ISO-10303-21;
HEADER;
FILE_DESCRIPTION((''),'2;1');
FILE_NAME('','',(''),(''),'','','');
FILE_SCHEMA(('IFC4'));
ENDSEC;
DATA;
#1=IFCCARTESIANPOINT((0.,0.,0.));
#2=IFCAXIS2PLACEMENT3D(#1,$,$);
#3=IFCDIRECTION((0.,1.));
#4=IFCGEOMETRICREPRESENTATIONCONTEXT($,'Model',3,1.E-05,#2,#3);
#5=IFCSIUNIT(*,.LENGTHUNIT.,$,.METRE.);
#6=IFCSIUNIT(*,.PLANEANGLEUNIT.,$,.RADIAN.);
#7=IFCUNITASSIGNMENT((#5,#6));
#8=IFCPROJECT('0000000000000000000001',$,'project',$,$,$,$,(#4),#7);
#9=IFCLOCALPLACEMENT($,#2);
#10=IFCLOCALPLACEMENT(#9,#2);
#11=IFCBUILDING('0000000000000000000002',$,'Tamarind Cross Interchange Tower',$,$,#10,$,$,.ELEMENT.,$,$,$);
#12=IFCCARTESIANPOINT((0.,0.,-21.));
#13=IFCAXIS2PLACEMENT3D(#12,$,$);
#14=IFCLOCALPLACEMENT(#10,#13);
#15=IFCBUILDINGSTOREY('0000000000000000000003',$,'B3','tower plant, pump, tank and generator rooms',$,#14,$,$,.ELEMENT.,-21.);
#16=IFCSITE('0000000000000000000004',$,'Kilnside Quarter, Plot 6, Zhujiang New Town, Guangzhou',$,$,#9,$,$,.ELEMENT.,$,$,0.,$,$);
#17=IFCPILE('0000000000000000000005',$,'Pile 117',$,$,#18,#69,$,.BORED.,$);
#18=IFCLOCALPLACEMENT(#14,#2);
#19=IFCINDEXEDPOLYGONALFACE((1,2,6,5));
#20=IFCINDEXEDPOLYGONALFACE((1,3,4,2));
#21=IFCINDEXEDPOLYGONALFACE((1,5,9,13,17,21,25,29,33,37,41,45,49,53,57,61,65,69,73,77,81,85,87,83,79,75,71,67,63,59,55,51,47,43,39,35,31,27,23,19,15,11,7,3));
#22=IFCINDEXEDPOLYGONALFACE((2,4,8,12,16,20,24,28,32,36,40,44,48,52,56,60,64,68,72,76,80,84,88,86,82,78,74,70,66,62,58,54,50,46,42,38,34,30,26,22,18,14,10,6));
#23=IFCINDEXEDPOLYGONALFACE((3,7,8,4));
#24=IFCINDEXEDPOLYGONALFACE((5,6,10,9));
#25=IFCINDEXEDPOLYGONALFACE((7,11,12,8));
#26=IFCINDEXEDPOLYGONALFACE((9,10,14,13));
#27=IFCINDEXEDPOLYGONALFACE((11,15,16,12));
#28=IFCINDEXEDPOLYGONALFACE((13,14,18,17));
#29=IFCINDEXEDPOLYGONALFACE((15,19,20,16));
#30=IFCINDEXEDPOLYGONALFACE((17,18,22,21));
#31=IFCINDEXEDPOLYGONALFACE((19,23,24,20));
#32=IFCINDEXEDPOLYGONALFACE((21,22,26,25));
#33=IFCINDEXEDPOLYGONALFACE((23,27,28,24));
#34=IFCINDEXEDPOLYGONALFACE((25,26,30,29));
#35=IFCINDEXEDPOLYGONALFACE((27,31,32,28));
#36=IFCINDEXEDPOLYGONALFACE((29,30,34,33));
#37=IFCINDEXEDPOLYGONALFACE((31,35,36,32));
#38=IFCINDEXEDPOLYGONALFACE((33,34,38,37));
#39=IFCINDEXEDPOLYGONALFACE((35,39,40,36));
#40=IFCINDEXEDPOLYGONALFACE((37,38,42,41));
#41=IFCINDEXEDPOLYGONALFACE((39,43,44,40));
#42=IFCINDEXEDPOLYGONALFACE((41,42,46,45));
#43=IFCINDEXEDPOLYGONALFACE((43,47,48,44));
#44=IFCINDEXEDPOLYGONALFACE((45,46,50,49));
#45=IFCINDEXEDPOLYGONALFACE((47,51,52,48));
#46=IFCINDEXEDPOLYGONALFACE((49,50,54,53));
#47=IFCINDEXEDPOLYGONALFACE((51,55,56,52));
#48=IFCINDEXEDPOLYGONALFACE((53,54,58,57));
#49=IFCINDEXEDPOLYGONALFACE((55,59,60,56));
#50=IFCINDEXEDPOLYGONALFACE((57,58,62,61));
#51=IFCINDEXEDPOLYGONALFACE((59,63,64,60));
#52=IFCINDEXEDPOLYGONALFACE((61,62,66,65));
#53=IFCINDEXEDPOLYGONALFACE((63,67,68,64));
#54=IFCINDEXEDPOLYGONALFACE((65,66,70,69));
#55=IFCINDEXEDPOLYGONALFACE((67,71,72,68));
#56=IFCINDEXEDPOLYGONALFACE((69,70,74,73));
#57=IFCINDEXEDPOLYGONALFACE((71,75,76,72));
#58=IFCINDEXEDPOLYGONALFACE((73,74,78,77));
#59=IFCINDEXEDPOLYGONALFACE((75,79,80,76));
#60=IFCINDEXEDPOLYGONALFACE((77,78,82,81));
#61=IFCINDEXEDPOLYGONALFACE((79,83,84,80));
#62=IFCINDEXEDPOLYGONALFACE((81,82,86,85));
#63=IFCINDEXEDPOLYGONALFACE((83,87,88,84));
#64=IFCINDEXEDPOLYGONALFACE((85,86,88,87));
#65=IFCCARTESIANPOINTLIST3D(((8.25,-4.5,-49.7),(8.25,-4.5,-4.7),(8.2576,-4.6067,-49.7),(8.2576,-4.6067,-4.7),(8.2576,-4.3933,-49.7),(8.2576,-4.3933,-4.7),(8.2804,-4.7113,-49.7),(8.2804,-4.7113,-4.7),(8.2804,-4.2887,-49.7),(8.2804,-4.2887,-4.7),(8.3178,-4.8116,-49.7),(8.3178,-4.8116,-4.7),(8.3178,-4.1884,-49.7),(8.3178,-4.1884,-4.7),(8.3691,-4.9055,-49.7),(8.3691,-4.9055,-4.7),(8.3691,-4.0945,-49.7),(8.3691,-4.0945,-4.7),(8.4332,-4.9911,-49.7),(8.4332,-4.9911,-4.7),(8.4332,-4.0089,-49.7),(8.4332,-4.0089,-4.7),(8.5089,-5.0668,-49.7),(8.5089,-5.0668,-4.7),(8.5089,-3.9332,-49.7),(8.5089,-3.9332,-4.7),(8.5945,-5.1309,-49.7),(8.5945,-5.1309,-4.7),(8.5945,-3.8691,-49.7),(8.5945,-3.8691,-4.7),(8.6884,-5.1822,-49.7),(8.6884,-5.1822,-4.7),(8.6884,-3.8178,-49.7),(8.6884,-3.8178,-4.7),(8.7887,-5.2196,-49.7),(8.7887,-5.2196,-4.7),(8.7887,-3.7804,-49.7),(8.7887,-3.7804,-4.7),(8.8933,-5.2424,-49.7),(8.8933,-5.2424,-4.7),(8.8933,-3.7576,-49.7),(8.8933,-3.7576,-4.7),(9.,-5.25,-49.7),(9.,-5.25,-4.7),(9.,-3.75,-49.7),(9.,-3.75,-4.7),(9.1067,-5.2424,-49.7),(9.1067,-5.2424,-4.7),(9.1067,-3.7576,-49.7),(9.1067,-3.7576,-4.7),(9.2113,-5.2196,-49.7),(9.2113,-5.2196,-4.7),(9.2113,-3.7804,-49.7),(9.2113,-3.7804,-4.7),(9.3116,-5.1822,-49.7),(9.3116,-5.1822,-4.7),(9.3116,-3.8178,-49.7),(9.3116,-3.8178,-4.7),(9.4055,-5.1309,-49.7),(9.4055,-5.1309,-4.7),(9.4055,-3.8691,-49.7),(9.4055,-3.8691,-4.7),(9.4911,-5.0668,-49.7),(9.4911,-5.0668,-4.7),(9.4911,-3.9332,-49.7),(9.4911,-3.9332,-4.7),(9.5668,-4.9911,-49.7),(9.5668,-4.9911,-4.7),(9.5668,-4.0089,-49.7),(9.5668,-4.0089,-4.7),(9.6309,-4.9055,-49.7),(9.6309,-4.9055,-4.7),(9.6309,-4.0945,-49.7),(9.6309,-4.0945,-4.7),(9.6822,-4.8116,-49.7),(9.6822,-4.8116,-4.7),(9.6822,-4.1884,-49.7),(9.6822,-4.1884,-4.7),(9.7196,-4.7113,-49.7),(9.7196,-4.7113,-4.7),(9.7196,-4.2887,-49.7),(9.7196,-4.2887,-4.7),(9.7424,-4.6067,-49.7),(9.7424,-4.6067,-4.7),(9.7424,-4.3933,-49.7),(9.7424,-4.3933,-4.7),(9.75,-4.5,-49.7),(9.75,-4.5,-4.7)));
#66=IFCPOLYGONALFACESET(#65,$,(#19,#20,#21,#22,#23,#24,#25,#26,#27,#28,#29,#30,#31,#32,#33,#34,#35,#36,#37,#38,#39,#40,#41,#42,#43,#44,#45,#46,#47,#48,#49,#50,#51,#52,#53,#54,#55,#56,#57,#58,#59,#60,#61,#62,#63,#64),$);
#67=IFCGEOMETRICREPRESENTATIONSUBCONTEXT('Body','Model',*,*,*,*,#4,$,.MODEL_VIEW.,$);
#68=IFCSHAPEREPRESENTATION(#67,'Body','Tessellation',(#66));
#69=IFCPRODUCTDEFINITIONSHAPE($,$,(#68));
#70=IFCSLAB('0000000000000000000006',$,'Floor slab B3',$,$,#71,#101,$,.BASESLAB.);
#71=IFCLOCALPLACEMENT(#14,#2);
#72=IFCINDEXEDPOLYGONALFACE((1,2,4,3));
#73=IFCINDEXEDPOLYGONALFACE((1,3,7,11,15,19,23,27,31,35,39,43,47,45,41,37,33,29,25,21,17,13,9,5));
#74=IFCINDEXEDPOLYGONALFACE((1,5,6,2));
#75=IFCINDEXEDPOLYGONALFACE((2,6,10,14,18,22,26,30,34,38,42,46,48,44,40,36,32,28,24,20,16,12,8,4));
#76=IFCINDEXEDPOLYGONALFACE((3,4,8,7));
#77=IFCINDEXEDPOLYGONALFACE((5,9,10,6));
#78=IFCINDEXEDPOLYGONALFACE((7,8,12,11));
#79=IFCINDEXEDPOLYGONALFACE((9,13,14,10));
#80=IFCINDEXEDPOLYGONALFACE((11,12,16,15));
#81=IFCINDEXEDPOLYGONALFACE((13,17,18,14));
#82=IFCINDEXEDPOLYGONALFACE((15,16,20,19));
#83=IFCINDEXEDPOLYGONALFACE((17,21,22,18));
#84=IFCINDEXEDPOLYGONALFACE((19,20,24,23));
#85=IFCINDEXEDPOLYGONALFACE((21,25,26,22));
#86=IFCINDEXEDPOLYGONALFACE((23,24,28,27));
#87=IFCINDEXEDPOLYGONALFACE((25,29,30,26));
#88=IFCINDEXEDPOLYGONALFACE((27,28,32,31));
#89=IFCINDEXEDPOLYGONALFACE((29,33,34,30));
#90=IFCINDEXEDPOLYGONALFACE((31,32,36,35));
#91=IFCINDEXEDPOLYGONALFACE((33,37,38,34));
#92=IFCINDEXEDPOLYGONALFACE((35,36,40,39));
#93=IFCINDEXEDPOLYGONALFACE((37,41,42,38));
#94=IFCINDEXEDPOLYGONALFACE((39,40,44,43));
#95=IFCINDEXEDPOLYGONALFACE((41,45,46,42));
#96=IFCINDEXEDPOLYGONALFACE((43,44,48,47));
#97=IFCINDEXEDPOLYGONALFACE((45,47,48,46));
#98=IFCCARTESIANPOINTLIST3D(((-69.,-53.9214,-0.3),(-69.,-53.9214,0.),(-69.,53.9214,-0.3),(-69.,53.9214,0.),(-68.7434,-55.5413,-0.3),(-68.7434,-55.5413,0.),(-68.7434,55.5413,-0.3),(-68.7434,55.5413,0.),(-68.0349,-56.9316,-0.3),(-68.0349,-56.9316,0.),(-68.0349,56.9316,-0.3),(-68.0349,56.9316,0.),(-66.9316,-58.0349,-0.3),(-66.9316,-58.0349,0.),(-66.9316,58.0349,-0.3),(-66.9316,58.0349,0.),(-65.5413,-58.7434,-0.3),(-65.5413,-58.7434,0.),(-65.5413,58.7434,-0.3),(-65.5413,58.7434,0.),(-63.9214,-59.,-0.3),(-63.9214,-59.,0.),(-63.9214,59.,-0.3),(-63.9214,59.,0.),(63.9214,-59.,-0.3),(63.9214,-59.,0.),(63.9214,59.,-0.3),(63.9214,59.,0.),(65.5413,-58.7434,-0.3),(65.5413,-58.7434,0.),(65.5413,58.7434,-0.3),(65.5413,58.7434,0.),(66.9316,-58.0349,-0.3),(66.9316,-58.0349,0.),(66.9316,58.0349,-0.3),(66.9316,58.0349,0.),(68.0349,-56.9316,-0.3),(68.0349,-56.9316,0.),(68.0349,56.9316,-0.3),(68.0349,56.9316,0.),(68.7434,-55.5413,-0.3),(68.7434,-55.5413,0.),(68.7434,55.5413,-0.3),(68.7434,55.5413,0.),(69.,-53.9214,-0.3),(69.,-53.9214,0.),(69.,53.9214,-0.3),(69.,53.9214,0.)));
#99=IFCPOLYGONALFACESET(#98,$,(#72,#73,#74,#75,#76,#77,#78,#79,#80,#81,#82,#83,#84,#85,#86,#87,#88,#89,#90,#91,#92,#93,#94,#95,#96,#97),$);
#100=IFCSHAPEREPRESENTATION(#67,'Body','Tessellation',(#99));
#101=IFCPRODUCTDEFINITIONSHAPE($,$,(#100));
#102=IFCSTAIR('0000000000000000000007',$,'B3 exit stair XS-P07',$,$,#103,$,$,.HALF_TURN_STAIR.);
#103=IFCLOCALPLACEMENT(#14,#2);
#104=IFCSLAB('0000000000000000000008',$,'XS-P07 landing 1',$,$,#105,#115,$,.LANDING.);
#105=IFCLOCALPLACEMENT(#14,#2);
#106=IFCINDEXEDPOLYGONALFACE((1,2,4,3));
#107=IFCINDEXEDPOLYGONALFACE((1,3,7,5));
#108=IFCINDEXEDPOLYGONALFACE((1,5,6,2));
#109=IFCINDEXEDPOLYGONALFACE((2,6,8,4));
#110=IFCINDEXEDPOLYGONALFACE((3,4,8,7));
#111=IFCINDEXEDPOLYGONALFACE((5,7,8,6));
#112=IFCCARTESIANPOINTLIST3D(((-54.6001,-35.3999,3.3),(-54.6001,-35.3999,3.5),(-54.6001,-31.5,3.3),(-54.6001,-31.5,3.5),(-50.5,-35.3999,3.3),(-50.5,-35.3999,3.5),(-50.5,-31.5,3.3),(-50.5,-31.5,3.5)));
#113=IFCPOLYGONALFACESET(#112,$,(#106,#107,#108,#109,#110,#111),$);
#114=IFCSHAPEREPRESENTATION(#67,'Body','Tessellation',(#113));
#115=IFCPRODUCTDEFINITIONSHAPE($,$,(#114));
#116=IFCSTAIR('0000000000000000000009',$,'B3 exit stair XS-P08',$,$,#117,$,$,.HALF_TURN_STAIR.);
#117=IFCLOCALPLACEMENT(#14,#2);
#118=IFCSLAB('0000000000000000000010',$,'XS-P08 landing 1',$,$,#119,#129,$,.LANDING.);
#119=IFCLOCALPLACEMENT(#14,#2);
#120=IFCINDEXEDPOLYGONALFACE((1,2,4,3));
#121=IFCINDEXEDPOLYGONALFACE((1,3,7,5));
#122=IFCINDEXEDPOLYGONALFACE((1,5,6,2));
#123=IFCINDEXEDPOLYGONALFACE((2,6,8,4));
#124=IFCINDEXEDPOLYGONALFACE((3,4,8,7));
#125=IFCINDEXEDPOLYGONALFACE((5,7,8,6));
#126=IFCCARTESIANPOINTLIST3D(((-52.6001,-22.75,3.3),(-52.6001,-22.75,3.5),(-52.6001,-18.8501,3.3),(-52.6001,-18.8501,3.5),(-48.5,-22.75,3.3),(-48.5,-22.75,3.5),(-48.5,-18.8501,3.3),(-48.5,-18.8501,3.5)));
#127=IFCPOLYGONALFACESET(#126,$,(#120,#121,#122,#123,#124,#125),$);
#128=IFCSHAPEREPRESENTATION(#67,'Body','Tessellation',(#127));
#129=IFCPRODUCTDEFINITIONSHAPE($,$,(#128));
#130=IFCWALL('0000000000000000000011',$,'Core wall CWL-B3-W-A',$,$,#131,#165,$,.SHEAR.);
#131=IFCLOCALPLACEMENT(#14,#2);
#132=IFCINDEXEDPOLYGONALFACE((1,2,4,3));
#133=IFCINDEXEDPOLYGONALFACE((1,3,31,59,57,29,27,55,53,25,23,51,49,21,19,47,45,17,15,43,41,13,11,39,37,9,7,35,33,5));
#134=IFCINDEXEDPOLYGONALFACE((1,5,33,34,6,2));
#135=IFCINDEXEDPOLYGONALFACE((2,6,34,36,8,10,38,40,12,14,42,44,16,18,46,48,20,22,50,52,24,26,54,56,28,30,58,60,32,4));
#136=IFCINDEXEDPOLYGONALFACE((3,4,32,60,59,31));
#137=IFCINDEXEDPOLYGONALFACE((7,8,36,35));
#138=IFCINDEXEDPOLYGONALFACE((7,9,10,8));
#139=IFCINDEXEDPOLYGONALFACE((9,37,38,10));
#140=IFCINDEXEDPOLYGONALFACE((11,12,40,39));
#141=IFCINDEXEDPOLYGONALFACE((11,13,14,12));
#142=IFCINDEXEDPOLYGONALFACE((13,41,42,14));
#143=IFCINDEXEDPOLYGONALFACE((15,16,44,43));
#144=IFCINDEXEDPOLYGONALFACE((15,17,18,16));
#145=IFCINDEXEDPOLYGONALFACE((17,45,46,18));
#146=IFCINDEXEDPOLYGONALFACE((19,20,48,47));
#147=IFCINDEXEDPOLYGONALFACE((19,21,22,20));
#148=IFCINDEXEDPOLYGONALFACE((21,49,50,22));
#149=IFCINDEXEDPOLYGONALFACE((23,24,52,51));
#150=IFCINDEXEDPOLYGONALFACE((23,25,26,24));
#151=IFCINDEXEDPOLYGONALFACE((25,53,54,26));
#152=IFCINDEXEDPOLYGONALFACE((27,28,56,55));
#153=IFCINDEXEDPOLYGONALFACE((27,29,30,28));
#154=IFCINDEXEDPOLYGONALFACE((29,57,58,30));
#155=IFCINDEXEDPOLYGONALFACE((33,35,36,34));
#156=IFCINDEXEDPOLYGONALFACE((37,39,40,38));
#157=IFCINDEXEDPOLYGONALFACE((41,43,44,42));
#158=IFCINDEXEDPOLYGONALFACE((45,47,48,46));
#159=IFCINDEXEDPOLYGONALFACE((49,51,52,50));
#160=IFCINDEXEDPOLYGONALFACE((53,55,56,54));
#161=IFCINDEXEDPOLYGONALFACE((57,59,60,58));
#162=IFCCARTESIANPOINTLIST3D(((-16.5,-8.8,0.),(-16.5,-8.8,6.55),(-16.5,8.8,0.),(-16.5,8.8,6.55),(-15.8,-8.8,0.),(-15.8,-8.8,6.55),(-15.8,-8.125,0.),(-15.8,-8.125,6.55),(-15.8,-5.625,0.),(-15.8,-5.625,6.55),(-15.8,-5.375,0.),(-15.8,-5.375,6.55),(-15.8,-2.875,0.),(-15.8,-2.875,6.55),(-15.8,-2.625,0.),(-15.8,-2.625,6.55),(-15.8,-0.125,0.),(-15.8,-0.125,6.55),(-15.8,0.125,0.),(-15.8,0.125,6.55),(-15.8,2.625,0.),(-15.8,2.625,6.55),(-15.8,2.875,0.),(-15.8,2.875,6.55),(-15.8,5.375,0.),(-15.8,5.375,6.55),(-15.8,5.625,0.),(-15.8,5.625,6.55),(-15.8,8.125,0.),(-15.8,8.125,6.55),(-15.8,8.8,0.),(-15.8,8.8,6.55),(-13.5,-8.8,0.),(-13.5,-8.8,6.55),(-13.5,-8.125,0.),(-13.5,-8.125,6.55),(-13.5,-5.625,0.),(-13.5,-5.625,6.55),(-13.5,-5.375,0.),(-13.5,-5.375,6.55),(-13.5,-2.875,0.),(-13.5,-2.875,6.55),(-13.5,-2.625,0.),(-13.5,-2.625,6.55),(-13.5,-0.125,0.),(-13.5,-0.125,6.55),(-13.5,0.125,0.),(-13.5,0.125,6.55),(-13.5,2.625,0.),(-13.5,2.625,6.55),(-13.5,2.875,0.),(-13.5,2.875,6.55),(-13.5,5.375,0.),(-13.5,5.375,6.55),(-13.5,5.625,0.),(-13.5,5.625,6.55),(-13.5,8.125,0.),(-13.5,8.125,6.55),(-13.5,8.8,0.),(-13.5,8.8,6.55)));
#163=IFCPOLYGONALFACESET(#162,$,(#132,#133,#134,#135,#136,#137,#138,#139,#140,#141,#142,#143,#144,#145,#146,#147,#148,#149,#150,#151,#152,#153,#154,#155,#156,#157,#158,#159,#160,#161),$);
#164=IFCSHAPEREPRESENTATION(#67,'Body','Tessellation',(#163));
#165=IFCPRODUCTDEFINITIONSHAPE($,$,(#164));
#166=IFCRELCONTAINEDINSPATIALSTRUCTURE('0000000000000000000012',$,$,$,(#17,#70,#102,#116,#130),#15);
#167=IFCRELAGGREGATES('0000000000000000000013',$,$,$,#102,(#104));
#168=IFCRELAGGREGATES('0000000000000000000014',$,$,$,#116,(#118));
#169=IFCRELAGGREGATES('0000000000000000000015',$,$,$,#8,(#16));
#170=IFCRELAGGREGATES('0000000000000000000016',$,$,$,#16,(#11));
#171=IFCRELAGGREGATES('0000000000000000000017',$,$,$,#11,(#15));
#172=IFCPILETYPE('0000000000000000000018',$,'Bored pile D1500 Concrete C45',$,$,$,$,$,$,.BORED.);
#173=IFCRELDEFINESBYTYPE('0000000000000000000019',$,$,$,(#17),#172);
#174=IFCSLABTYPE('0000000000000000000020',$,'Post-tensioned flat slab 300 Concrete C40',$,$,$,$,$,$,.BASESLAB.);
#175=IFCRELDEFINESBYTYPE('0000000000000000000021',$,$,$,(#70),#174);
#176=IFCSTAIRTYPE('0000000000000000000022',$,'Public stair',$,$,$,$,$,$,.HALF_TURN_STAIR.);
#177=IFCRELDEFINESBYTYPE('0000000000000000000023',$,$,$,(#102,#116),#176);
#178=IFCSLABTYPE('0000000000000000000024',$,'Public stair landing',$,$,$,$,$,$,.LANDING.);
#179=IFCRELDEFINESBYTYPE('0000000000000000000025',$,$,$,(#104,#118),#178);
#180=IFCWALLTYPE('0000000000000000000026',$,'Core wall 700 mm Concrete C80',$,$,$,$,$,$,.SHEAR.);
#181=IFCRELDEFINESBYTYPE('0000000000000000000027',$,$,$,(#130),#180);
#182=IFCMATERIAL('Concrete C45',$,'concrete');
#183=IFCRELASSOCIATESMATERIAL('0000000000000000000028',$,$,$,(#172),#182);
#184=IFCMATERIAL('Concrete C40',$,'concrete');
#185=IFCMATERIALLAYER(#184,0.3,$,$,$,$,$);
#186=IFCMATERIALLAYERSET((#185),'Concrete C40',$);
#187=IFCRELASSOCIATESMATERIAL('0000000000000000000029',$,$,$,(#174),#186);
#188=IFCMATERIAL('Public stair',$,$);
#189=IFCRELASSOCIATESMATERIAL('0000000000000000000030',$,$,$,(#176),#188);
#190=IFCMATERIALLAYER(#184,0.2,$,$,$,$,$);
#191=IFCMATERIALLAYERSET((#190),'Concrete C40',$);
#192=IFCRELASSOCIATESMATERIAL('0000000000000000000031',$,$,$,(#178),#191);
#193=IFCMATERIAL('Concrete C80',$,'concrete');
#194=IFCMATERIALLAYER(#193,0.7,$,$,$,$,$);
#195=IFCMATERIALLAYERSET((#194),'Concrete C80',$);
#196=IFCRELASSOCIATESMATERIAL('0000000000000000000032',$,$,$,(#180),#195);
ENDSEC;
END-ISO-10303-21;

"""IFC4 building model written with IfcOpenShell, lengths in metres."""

from ifc_helpers import new_model, si_unit, direction, frame, origin, origin_2d, place, context, subcontext, project, spatial, polyline, circle, outline, extrude, material, layer, layer_set, material_profile, profile_set, type_object, element, aggregate, save


model = new_model("IFC4")

# Units and contexts
model_context = context("Model", 3, precision=1e-05, world=origin(), true_north=direction((0.0, 1.0)))
body_context = subcontext(model_context, "Body", "Model", "MODEL_VIEW")
ifc_project = project(units=[si_unit("LENGTHUNIT", "METRE"), si_unit("PLANEANGLEUNIT", "RADIAN")], contexts=[model_context])

# Site, building, storey
site_placement = place(None, origin())
site = spatial("IfcSite", under=ifc_project, at=site_placement, Name="Kilnside Quarter, Plot 6, Zhujiang New Town, Guangzhou", CompositionType="ELEMENT", RefElevation=0.0)
building_placement = place(site_placement, origin())
building = spatial("IfcBuilding", under=site, at=building_placement, Name="Tamarind Cross Interchange Tower", CompositionType="ELEMENT")
storey_placement = place(building_placement, frame((0.0, 0.0, -21.0)))
storey = spatial("IfcBuildingStorey", under=building, at=storey_placement, Name="B3", Description="tower plant, pump, tank and generator rooms", CompositionType="ELEMENT", Elevation=-21.0)

# Pile
ifc_material_1 = material(Name="Concrete C45", Category="concrete")
ifc_material_profile = material_profile(ifc_material_1, circle(Radius=0.75, at=origin_2d()), Name="RC D1500")
ifc_profile_set = profile_set([ifc_material_profile], Name="Concrete C45")
pile_type = type_object("IfcPileType", Name="Bored pile D1500 Concrete C45", PredefinedType="BORED", material=ifc_profile_set)
for number, where, z_axis, x_axis, name in (
    (1, (9.0, -4.5, -4.7), (0.0, 0.0, -1.0), (1.0, 0.0, 0.0), "Pile 117"),
):
    element("IfcPile", number, at=place(storey_placement, frame(where, z_axis=z_axis, x_axis=x_axis)), inside=storey, type_object=pile_type, Name=name, PredefinedType="BORED", context=body_context, shape_type="SweptSolid", body=[
        extrude(circle(Radius=0.75, at=origin_2d()), origin(), (0.0, 0.0, 1.0), 45.0),
    ])

# Slab
ifc_material_2 = material(Name="Concrete C40", Category="concrete")
ifc_layer_1 = layer(ifc_material_2, 0.3)
ifc_layer_set_1 = layer_set([ifc_layer_1], Name="Concrete C40")
slab_type_1 = type_object("IfcSlabType", Name="Post-tensioned flat slab 300 Concrete C40", PredefinedType="BASESLAB", material=ifc_layer_set_1)
slab_1_placement = place(storey_placement, frame((0.0, 0.0, -0.3)))
element("IfcSlab", 2, at=slab_1_placement, inside=storey, type_object=slab_type_1, Name="Floor slab B3", PredefinedType="BASESLAB", context=body_context, shape_type="SweptSolid", body=[
    extrude(outline(polyline([(-63.9214, -59.0), (63.9214, -59.0), (65.5413, -58.7434), (66.9316, -58.0349), (68.0349, -56.9316), (68.7434, -55.5413), (69.0, -53.9214), (69.0, 53.9214), (68.7434, 55.5413), (68.0349, 56.9316), (66.9316, 58.0349), (65.5413, 58.7434), (63.9214, 59.0), (-63.9214, 59.0), (-65.5413, 58.7434), (-66.9316, 58.0349), (-68.0349, 56.9316), (-68.7434, 55.5413), (-69.0, 53.9214), (-69.0, -53.9214), (-68.7434, -55.5413), (-68.0349, -56.9316), (-66.9316, -58.0349), (-65.5413, -58.7434), (-63.9214, -59.0)])), origin(), (0.0, 0.0, 1.0), 0.3),
])

# Stairs, slabs
ifc_material_3 = material(Name="Public stair")
stair_type_1 = type_object("IfcStairType", Name="Public stair", PredefinedType="HALF_TURN_STAIR", material=ifc_material_3)
stair_1_placement = place(storey_placement, origin())
stair_1 = element("IfcStair", 3, at=stair_1_placement, inside=storey, type_object=stair_type_1, Name="B3 exit stair XS-P07", PredefinedType="HALF_TURN_STAIR")
ifc_layer_2 = layer(ifc_material_2, 0.2)
ifc_layer_set_2 = layer_set([ifc_layer_2], Name="Concrete C40")
slab_type_2 = type_object("IfcSlabType", Name="Public stair landing", PredefinedType="LANDING", material=ifc_layer_set_2)
slab_2_placement = place(storey_placement, frame((0.0, 0.0, 3.3)))
slab_2 = element("IfcSlab", 4, at=slab_2_placement, type_object=slab_type_2, Name="XS-P07 landing 1", PredefinedType="LANDING", context=body_context, shape_type="SweptSolid", body=[
    extrude(outline(polyline([(-54.6001, -35.3999), (-50.5, -35.3999), (-50.5, -31.5), (-54.6001, -31.5), (-54.6001, -35.3999)])), origin(), (0.0, 0.0, 1.0), 0.2),
])
aggregate(stair_1, [slab_2])
stair_2_placement = place(storey_placement, origin())
stair_2 = element("IfcStair", 5, at=stair_2_placement, inside=storey, type_object=stair_type_1, Name="B3 exit stair XS-P08", PredefinedType="HALF_TURN_STAIR")
slab_3_placement = place(storey_placement, frame((0.0, 0.0, 3.3)))
slab_3 = element("IfcSlab", 6, at=slab_3_placement, type_object=slab_type_2, Name="XS-P08 landing 1", PredefinedType="LANDING", context=body_context, shape_type="SweptSolid", body=[
    extrude(outline(polyline([(-52.6001, -22.75), (-48.5, -22.75), (-48.5, -18.8501), (-52.6001, -18.8501), (-52.6001, -22.75)])), origin(), (0.0, 0.0, 1.0), 0.2),
])
aggregate(stair_2, [slab_3])

# Wall
ifc_material_4 = material(Name="Concrete C80", Category="concrete")
ifc_layer_3 = layer(ifc_material_4, 0.7)
ifc_layer_set_3 = layer_set([ifc_layer_3], Name="Concrete C80")
wall_type_1 = type_object("IfcWallType", Name="Core wall 700 mm Concrete C80", PredefinedType="SHEAR", material=ifc_layer_set_3)
wall_1_placement = place(storey_placement, origin())
element("IfcWall", 7, at=wall_1_placement, inside=storey, type_object=wall_type_1, Name="Core wall CWL-B3-W-A", PredefinedType="SHEAR", context=body_context, shape_type="SweptSolid", body=[
    extrude(outline(polyline([(-13.5, -8.8), (-13.5, -8.125), (-15.8, -8.125), (-15.8, -5.625), (-13.5, -5.625), (-13.5, -5.375), (-15.8, -5.375), (-15.8, -2.875), (-13.5, -2.875), (-13.5, -2.625), (-15.8, -2.625), (-15.8, -0.125), (-13.5, -0.125), (-13.5, 0.125), (-15.8, 0.125), (-15.8, 2.625), (-13.5, 2.625), (-13.5, 2.875), (-15.8, 2.875), (-15.8, 5.375), (-13.5, 5.375), (-13.5, 5.625), (-15.8, 5.625), (-15.8, 8.125), (-13.5, 8.125), (-13.5, 8.8), (-15.8, 8.8), (-16.5, 8.8), (-16.5, -8.8), (-15.8, -8.8), (-13.5, -8.8)])), origin(), (0.0, 0.0, 1.0), 6.55),
])

save(model, "model.ifc")
